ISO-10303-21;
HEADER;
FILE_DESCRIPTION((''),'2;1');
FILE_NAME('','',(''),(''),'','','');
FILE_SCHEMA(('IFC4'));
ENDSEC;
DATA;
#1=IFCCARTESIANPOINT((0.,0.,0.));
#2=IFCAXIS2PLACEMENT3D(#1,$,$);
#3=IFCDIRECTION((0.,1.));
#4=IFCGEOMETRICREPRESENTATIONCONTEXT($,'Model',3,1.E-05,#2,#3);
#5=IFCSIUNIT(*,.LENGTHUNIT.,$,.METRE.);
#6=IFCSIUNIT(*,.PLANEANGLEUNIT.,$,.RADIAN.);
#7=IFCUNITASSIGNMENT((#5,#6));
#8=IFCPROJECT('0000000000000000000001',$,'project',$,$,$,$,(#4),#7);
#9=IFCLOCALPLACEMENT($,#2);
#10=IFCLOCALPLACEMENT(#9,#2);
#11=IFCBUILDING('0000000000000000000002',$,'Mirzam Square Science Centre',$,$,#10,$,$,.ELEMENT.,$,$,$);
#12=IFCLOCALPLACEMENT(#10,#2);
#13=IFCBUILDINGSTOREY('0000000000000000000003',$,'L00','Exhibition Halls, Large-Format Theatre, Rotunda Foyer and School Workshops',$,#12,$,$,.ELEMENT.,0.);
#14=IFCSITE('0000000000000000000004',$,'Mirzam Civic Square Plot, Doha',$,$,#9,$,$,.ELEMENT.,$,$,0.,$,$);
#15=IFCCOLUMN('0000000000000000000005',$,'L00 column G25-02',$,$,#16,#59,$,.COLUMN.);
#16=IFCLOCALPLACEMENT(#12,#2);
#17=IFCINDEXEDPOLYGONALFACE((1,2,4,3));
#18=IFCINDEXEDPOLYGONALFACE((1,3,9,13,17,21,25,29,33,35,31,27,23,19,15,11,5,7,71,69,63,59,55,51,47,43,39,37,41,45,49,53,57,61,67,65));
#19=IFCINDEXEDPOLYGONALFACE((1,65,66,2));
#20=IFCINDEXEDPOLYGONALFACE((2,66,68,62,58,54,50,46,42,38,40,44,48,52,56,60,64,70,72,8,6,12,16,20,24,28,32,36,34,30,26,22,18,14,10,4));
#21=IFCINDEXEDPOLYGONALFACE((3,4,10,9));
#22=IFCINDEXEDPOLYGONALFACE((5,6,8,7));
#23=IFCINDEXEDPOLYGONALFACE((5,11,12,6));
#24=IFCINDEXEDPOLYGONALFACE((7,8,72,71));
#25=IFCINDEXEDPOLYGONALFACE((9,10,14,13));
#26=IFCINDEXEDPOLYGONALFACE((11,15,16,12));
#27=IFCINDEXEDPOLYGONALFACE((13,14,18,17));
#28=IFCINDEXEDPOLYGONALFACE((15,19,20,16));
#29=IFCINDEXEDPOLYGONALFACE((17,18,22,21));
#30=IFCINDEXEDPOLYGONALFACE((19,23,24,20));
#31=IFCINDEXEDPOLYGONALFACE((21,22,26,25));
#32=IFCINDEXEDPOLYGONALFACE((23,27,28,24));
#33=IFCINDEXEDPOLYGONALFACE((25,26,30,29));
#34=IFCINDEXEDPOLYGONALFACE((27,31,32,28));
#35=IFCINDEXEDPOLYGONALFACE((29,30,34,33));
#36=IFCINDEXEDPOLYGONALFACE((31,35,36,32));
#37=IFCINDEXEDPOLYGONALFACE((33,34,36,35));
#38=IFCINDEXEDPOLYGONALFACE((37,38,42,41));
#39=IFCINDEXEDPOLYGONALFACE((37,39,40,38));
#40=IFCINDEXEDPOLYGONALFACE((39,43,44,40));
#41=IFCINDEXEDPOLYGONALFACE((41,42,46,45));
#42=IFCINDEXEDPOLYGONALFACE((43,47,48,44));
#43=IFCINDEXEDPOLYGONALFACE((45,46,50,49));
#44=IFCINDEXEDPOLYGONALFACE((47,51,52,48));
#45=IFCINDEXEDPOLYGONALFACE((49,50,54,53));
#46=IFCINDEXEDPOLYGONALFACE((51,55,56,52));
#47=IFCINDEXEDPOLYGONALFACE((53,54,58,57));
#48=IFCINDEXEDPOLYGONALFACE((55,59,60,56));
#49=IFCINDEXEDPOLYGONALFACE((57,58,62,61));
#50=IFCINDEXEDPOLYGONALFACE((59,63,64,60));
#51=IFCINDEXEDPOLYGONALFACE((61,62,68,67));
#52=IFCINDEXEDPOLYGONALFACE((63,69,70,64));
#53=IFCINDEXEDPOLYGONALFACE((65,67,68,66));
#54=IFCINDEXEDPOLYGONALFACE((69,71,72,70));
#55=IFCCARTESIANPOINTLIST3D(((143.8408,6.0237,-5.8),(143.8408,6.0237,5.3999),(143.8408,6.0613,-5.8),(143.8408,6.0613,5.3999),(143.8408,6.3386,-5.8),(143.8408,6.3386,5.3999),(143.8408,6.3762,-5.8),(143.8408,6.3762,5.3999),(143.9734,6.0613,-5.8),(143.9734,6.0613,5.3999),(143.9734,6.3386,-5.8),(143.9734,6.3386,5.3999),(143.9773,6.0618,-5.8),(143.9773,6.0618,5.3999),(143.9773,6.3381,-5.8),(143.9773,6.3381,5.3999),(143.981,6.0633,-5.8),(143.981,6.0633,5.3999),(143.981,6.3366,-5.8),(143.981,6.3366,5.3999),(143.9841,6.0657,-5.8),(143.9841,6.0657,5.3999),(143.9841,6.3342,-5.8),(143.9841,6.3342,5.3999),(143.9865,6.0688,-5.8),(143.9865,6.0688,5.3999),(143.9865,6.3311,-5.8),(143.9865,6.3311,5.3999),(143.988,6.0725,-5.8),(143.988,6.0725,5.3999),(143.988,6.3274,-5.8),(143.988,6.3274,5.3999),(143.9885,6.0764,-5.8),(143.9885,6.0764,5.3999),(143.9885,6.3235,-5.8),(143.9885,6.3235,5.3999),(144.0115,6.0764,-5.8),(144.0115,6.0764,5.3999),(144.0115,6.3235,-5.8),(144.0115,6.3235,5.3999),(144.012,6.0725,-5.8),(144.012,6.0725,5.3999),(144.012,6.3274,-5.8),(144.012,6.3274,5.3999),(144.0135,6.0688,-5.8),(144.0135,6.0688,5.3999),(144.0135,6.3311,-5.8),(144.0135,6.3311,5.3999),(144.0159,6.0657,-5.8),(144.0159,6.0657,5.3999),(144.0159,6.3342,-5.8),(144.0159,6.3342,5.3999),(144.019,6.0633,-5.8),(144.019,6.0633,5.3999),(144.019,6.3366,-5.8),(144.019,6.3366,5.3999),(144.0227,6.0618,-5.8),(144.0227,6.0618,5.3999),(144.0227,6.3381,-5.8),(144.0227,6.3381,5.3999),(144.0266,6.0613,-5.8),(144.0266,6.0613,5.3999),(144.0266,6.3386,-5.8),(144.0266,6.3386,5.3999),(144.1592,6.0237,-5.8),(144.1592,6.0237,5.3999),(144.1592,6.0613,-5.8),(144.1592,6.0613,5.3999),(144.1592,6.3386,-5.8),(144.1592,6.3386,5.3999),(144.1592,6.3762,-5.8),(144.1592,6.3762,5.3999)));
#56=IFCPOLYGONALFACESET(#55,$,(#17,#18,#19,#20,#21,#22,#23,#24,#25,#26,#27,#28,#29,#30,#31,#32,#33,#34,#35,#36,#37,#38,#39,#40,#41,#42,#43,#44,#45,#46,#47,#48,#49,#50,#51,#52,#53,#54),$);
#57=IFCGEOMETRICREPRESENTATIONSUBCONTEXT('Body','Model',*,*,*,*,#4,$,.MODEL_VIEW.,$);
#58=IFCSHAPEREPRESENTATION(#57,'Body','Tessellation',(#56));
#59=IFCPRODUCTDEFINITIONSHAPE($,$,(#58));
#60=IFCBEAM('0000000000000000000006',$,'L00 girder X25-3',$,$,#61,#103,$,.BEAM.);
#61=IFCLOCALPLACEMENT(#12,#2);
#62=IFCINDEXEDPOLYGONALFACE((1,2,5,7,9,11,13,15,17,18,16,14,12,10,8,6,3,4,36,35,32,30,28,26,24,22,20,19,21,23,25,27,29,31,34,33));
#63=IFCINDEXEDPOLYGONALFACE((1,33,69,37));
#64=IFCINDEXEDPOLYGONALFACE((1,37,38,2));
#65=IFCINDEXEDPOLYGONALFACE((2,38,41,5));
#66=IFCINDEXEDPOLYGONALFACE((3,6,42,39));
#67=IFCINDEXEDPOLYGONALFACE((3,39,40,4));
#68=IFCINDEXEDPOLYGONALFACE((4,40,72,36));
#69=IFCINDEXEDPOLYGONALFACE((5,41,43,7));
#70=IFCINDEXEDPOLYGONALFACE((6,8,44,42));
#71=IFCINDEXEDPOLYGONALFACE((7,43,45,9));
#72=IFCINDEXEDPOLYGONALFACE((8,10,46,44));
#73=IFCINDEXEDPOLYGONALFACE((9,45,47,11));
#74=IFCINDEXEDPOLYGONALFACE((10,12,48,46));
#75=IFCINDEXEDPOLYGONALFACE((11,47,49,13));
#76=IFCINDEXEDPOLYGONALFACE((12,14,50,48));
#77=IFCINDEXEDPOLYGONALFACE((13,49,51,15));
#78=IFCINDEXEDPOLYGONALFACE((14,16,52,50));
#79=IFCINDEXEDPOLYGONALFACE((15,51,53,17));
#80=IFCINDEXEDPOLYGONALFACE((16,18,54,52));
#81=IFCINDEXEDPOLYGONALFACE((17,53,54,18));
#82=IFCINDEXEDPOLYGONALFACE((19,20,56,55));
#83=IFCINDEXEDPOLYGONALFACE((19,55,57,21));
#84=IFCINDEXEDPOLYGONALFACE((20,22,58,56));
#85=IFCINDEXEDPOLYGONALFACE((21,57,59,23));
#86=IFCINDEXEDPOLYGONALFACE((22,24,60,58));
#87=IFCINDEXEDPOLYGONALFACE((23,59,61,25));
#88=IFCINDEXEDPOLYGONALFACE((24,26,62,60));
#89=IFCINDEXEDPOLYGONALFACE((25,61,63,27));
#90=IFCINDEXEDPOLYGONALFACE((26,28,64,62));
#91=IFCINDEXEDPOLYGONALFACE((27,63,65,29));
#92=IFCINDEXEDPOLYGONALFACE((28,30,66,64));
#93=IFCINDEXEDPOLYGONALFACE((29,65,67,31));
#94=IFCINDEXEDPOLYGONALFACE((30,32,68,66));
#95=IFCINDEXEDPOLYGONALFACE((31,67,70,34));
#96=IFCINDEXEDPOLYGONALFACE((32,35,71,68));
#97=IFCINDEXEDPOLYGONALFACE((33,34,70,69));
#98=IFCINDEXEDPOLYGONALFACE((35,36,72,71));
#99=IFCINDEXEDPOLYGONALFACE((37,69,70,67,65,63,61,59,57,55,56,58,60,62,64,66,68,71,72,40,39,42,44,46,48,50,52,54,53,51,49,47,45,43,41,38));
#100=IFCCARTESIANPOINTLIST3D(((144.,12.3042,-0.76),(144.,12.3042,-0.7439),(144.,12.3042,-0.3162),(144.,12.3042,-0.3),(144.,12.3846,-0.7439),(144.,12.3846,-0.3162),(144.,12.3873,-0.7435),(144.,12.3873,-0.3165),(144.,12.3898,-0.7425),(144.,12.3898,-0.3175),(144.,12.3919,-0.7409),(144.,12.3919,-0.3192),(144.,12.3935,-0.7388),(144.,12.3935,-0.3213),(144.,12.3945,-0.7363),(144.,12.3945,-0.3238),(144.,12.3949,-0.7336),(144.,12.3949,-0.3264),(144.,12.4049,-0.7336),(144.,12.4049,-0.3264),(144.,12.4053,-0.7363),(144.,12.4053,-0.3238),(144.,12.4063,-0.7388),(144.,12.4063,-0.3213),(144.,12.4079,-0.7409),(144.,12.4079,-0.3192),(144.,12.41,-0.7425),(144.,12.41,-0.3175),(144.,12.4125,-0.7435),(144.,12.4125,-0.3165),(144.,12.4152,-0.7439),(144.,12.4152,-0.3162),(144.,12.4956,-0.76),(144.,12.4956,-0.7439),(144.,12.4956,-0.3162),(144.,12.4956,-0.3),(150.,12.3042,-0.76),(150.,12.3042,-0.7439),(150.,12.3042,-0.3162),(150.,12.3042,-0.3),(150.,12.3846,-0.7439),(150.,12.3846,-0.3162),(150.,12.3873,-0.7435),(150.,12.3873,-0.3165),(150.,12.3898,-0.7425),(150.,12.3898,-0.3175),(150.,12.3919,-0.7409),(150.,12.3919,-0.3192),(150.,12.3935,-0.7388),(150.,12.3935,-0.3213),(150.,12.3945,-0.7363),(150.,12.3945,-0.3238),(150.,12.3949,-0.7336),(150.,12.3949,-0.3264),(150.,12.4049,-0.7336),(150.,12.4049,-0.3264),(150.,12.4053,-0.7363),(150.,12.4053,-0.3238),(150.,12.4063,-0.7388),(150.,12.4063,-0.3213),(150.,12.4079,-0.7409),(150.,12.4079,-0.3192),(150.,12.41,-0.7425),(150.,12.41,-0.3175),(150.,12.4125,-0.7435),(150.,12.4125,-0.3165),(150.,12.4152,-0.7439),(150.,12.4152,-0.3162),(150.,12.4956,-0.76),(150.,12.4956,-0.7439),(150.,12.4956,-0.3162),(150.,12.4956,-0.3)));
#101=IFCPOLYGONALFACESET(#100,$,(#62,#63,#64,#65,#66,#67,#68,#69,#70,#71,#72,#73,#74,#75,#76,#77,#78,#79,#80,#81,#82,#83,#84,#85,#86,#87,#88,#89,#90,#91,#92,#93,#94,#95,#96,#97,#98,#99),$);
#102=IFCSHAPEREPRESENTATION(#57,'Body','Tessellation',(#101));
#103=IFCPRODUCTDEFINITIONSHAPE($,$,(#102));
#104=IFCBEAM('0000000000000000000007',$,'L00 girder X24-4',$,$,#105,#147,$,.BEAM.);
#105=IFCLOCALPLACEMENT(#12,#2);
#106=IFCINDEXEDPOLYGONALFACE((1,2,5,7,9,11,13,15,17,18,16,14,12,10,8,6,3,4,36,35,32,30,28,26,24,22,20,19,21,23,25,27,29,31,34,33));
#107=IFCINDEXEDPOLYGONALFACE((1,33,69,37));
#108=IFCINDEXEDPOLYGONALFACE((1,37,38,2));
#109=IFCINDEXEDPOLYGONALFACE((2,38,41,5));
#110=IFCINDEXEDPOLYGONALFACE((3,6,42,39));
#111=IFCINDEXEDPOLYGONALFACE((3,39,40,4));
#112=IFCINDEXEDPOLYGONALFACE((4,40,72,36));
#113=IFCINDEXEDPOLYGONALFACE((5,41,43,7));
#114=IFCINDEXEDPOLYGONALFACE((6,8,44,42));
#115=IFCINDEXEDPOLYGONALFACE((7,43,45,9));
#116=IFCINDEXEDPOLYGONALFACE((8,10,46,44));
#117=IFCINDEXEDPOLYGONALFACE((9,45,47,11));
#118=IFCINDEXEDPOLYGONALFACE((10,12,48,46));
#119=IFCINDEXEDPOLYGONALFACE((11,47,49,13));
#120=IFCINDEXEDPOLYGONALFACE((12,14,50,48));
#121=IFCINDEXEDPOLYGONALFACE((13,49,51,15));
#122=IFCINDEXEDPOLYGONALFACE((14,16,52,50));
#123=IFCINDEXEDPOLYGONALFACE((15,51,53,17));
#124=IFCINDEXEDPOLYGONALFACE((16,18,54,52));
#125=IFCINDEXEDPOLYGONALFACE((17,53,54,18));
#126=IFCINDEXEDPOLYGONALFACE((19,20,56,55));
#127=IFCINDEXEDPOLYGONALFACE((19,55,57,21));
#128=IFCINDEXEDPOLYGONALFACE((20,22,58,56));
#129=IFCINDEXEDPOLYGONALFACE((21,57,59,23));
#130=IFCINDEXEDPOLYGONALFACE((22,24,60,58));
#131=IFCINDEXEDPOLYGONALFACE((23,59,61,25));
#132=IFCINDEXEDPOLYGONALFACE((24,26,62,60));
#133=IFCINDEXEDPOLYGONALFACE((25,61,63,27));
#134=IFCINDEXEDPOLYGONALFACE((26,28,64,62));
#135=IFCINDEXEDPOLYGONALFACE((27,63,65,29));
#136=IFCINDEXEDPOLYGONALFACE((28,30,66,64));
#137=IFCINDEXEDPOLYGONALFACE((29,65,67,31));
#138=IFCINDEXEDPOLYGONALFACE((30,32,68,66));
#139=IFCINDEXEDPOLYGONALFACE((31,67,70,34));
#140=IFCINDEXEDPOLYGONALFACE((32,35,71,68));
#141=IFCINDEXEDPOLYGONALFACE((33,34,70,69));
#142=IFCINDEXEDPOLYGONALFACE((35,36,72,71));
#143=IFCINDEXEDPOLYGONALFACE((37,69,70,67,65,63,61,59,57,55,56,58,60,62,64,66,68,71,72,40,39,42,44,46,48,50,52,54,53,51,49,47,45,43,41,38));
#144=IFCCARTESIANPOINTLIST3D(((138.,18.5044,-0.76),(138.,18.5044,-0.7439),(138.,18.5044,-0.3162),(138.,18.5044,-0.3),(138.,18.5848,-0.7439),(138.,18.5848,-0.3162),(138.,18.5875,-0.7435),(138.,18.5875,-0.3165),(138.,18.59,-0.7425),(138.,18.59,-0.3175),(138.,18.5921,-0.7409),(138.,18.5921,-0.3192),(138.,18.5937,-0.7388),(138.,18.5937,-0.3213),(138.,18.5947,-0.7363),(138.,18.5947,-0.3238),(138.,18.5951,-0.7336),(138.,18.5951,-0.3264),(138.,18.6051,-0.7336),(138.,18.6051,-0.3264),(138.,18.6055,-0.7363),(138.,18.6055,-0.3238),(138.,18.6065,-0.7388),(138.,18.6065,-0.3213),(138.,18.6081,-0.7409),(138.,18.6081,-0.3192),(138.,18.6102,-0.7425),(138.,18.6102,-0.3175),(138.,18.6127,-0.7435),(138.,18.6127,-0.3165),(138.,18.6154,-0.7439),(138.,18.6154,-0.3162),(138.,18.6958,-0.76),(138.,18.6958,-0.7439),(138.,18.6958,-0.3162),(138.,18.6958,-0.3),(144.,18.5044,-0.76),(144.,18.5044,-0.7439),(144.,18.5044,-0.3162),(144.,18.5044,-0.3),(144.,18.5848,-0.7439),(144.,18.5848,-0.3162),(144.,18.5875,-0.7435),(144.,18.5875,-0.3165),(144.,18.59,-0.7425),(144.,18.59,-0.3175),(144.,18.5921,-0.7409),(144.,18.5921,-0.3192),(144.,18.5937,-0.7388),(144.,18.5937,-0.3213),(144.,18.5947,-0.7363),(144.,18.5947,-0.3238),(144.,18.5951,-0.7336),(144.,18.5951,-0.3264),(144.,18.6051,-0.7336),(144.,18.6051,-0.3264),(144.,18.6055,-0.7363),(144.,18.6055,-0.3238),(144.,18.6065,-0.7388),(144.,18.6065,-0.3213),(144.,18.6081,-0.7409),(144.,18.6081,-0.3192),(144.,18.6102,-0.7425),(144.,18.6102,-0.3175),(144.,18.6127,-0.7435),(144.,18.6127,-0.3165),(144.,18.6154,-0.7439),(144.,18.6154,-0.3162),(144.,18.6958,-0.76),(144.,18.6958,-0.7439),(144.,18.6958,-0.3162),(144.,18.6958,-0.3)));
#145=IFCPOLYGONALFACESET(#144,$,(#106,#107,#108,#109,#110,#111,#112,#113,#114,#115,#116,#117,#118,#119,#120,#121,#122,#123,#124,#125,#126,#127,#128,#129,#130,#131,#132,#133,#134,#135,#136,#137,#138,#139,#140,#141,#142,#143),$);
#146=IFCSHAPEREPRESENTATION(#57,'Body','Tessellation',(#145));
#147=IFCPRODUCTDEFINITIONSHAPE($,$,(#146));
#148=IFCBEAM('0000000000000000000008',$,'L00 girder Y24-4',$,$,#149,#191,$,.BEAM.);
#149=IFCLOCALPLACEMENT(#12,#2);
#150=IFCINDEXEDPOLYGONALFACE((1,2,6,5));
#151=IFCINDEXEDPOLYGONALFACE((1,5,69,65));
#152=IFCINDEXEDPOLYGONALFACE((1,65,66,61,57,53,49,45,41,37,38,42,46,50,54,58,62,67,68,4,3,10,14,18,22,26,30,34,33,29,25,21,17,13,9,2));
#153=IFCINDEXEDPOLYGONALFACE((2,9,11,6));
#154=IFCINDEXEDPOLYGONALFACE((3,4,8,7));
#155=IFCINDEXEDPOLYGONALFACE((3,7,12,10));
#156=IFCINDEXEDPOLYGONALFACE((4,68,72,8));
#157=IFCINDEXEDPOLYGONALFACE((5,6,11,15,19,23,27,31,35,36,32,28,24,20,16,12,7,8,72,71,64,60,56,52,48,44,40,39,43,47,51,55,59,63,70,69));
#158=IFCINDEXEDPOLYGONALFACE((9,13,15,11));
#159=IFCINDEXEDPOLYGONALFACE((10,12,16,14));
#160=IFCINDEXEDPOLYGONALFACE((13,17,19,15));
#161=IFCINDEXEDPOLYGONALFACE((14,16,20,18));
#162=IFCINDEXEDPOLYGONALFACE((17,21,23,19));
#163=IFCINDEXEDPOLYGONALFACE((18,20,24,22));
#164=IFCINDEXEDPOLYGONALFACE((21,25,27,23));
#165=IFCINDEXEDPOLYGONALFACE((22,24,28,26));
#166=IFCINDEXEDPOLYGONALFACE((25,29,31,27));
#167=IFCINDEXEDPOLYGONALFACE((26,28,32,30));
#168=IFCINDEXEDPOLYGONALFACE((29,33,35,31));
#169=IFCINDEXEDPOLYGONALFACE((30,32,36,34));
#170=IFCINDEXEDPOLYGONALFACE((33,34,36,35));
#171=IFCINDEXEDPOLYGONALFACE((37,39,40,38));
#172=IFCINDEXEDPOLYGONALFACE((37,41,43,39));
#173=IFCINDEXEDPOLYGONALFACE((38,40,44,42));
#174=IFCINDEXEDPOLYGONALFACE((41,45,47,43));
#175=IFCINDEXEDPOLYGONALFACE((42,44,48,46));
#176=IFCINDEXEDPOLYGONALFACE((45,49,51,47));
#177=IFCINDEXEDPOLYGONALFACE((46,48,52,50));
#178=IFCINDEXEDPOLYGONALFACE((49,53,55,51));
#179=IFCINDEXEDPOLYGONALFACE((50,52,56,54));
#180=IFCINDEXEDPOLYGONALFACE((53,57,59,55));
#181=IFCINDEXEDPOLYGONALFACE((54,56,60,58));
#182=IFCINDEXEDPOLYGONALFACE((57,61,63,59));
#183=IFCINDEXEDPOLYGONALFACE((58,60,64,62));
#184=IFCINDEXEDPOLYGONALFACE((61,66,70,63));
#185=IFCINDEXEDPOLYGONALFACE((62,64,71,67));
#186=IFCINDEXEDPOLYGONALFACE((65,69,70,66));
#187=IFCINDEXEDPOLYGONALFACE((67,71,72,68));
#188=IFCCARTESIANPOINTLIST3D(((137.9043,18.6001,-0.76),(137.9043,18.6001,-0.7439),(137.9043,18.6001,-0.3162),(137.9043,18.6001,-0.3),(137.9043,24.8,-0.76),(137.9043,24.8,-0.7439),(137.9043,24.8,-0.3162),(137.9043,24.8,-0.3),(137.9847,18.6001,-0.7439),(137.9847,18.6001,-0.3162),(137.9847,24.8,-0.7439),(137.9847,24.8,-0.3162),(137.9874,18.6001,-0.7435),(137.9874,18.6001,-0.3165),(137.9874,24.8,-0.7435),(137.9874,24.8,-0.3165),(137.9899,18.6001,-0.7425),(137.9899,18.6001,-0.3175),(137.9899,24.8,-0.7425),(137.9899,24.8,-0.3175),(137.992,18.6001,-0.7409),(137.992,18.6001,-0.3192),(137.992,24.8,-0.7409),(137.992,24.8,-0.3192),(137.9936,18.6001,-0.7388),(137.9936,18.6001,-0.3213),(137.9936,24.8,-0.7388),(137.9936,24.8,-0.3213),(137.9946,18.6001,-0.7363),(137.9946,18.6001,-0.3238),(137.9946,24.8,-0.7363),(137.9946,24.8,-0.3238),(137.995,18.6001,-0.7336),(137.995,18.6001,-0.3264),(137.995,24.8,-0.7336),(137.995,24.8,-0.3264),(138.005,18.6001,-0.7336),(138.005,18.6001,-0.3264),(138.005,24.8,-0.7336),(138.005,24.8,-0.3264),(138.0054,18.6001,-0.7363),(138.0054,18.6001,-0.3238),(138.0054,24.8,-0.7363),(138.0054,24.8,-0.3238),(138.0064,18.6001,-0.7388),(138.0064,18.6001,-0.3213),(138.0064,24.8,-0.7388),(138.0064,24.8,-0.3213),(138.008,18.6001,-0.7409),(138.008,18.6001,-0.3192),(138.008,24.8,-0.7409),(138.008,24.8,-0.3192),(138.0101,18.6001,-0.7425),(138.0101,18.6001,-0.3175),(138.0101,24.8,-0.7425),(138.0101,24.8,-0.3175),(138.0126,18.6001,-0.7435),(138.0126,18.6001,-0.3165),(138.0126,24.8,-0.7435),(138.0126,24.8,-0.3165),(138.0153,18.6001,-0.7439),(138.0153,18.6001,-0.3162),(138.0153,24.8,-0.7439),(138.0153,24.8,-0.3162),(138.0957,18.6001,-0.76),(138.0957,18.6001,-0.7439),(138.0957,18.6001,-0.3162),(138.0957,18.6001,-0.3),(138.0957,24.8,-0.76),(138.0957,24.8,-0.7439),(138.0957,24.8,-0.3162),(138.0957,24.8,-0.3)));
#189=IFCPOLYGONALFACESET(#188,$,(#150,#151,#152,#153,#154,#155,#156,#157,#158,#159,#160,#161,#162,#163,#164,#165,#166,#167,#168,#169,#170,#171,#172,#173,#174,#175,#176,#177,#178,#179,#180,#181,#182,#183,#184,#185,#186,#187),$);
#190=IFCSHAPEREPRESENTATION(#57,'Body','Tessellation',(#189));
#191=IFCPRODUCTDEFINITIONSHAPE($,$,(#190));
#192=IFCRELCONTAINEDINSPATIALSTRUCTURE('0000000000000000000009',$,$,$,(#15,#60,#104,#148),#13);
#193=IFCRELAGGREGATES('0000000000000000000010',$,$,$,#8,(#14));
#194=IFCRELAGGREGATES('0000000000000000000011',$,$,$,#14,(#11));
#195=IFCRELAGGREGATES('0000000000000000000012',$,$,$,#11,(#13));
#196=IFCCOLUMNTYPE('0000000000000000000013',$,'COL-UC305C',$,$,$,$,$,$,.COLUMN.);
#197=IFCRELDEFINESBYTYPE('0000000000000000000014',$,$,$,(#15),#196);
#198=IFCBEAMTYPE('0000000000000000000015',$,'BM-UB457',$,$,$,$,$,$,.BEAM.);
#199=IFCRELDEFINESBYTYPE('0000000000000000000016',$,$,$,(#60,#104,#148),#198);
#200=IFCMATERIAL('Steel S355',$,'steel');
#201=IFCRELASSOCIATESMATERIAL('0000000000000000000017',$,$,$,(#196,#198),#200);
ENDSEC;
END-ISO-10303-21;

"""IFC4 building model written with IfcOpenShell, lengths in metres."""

from ifc_helpers import new_model, si_unit, direction, frame, origin, origin_2d, place, context, subcontext, project, spatial, i_section, extrude, material, material_profile, profile_set, type_object, element, save


model = new_model("IFC4")

# Units and contexts
model_context = context("Model", 3, precision=1e-05, world=origin(), true_north=direction((0.0, 1.0)))
body_context = subcontext(model_context, "Body", "Model", "MODEL_VIEW")
ifc_project = project(units=[si_unit("LENGTHUNIT", "METRE"), si_unit("PLANEANGLEUNIT", "RADIAN")], contexts=[model_context])

# Site, building, storey
site_placement = place(None, origin())
site = spatial("IfcSite", under=ifc_project, at=site_placement, Name="Mirzam Civic Square Plot, Doha", CompositionType="ELEMENT", RefElevation=0.0)
building_placement = place(site_placement, origin())
building = spatial("IfcBuilding", under=site, at=building_placement, Name="Mirzam Square Science Centre", CompositionType="ELEMENT")
storey_placement = place(building_placement, origin())
storey = spatial("IfcBuildingStorey", under=building, at=storey_placement, Name="L00", Description="Exhibition Halls, Large-Format Theatre, Rotunda Foyer and School Workshops", CompositionType="ELEMENT", Elevation=0.0)

# Column
ifc_material_1 = material(Name="Steel S355", Category="steel")
ifc_material_profile_1 = material_profile(ifc_material_1, i_section(OverallWidth=0.3184, OverallDepth=0.3525, WebThickness=0.0229, FlangeThickness=0.0376, FilletRadius=0.0151, at=origin_2d()), Name="305x305x240UC")
ifc_profile_set_1 = profile_set([ifc_material_profile_1], Name="Steel S355")
column_type_1 = type_object("IfcColumnType", Name="COL-UC305C", PredefinedType="COLUMN", material=ifc_profile_set_1)
for number, where, z_axis, x_axis, name in (
    (1, (144.0, 6.2, -5.8), (0.0, 0.0, 1.0), (1.0, 0.0, 0.0), "L00 column G25-02"),
):
    element("IfcColumn", number, at=place(storey_placement, frame(where, z_axis=z_axis, x_axis=x_axis)), inside=storey, type_object=column_type_1, Name=name, PredefinedType="COLUMN", context=body_context, shape_type="SweptSolid", body=[
        extrude(i_section(OverallWidth=0.3184, OverallDepth=0.3525, WebThickness=0.0229, FlangeThickness=0.0376, FilletRadius=0.0151, at=origin_2d()), origin(), (0.0, 0.0, 1.0), 11.2),
    ])

# Beams
ifc_material_profile_2 = material_profile(ifc_material_1, i_section(OverallWidth=0.1914, OverallDepth=0.46, WebThickness=0.01, FlangeThickness=0.0161, FilletRadius=0.0103, at=origin_2d()), Name="457x191x82UB")
ifc_profile_set_2 = profile_set([ifc_material_profile_2], Name="Steel S355")
beam_type_1 = type_object("IfcBeamType", Name="BM-UB457", PredefinedType="BEAM", material=ifc_profile_set_2)
for number, where, z_axis, x_axis, name in (
    (2, (144.0, 12.3999, -0.53), (1.0, 0.0, 0.0), (0.0, 1.0, 0.0), "L00 girder X25-3"),
    (3, (138.0, 18.6001, -0.53), (1.0, 0.0, 0.0), (0.0, 1.0, 0.0), "L00 girder X24-4"),
):
    element("IfcBeam", number, at=place(storey_placement, frame(where, z_axis=z_axis, x_axis=x_axis)), inside=storey, type_object=beam_type_1, Name=name, PredefinedType="BEAM", context=body_context, shape_type="SweptSolid", body=[
        extrude(i_section(OverallWidth=0.1914, OverallDepth=0.46, WebThickness=0.01, FlangeThickness=0.0161, FilletRadius=0.0103, at=origin_2d()), origin(), (0.0, 0.0, 1.0), 6.0),
    ])
beam_1_placement = place(storey_placement, frame((138.0, 18.6001, -0.53), z_axis=(0.0, 1.0, 0.0), x_axis=(-1.0, 0.0, 0.0)))
element("IfcBeam", 4, at=beam_1_placement, inside=storey, type_object=beam_type_1, Name="L00 girder Y24-4", PredefinedType="BEAM", context=body_context, shape_type="SweptSolid", body=[
    extrude(i_section(OverallWidth=0.1914, OverallDepth=0.46, WebThickness=0.01, FlangeThickness=0.0161, FilletRadius=0.0103, at=origin_2d()), origin(), (0.0, 0.0, 1.0), 6.2),
])

save(model, "model.ifc")
